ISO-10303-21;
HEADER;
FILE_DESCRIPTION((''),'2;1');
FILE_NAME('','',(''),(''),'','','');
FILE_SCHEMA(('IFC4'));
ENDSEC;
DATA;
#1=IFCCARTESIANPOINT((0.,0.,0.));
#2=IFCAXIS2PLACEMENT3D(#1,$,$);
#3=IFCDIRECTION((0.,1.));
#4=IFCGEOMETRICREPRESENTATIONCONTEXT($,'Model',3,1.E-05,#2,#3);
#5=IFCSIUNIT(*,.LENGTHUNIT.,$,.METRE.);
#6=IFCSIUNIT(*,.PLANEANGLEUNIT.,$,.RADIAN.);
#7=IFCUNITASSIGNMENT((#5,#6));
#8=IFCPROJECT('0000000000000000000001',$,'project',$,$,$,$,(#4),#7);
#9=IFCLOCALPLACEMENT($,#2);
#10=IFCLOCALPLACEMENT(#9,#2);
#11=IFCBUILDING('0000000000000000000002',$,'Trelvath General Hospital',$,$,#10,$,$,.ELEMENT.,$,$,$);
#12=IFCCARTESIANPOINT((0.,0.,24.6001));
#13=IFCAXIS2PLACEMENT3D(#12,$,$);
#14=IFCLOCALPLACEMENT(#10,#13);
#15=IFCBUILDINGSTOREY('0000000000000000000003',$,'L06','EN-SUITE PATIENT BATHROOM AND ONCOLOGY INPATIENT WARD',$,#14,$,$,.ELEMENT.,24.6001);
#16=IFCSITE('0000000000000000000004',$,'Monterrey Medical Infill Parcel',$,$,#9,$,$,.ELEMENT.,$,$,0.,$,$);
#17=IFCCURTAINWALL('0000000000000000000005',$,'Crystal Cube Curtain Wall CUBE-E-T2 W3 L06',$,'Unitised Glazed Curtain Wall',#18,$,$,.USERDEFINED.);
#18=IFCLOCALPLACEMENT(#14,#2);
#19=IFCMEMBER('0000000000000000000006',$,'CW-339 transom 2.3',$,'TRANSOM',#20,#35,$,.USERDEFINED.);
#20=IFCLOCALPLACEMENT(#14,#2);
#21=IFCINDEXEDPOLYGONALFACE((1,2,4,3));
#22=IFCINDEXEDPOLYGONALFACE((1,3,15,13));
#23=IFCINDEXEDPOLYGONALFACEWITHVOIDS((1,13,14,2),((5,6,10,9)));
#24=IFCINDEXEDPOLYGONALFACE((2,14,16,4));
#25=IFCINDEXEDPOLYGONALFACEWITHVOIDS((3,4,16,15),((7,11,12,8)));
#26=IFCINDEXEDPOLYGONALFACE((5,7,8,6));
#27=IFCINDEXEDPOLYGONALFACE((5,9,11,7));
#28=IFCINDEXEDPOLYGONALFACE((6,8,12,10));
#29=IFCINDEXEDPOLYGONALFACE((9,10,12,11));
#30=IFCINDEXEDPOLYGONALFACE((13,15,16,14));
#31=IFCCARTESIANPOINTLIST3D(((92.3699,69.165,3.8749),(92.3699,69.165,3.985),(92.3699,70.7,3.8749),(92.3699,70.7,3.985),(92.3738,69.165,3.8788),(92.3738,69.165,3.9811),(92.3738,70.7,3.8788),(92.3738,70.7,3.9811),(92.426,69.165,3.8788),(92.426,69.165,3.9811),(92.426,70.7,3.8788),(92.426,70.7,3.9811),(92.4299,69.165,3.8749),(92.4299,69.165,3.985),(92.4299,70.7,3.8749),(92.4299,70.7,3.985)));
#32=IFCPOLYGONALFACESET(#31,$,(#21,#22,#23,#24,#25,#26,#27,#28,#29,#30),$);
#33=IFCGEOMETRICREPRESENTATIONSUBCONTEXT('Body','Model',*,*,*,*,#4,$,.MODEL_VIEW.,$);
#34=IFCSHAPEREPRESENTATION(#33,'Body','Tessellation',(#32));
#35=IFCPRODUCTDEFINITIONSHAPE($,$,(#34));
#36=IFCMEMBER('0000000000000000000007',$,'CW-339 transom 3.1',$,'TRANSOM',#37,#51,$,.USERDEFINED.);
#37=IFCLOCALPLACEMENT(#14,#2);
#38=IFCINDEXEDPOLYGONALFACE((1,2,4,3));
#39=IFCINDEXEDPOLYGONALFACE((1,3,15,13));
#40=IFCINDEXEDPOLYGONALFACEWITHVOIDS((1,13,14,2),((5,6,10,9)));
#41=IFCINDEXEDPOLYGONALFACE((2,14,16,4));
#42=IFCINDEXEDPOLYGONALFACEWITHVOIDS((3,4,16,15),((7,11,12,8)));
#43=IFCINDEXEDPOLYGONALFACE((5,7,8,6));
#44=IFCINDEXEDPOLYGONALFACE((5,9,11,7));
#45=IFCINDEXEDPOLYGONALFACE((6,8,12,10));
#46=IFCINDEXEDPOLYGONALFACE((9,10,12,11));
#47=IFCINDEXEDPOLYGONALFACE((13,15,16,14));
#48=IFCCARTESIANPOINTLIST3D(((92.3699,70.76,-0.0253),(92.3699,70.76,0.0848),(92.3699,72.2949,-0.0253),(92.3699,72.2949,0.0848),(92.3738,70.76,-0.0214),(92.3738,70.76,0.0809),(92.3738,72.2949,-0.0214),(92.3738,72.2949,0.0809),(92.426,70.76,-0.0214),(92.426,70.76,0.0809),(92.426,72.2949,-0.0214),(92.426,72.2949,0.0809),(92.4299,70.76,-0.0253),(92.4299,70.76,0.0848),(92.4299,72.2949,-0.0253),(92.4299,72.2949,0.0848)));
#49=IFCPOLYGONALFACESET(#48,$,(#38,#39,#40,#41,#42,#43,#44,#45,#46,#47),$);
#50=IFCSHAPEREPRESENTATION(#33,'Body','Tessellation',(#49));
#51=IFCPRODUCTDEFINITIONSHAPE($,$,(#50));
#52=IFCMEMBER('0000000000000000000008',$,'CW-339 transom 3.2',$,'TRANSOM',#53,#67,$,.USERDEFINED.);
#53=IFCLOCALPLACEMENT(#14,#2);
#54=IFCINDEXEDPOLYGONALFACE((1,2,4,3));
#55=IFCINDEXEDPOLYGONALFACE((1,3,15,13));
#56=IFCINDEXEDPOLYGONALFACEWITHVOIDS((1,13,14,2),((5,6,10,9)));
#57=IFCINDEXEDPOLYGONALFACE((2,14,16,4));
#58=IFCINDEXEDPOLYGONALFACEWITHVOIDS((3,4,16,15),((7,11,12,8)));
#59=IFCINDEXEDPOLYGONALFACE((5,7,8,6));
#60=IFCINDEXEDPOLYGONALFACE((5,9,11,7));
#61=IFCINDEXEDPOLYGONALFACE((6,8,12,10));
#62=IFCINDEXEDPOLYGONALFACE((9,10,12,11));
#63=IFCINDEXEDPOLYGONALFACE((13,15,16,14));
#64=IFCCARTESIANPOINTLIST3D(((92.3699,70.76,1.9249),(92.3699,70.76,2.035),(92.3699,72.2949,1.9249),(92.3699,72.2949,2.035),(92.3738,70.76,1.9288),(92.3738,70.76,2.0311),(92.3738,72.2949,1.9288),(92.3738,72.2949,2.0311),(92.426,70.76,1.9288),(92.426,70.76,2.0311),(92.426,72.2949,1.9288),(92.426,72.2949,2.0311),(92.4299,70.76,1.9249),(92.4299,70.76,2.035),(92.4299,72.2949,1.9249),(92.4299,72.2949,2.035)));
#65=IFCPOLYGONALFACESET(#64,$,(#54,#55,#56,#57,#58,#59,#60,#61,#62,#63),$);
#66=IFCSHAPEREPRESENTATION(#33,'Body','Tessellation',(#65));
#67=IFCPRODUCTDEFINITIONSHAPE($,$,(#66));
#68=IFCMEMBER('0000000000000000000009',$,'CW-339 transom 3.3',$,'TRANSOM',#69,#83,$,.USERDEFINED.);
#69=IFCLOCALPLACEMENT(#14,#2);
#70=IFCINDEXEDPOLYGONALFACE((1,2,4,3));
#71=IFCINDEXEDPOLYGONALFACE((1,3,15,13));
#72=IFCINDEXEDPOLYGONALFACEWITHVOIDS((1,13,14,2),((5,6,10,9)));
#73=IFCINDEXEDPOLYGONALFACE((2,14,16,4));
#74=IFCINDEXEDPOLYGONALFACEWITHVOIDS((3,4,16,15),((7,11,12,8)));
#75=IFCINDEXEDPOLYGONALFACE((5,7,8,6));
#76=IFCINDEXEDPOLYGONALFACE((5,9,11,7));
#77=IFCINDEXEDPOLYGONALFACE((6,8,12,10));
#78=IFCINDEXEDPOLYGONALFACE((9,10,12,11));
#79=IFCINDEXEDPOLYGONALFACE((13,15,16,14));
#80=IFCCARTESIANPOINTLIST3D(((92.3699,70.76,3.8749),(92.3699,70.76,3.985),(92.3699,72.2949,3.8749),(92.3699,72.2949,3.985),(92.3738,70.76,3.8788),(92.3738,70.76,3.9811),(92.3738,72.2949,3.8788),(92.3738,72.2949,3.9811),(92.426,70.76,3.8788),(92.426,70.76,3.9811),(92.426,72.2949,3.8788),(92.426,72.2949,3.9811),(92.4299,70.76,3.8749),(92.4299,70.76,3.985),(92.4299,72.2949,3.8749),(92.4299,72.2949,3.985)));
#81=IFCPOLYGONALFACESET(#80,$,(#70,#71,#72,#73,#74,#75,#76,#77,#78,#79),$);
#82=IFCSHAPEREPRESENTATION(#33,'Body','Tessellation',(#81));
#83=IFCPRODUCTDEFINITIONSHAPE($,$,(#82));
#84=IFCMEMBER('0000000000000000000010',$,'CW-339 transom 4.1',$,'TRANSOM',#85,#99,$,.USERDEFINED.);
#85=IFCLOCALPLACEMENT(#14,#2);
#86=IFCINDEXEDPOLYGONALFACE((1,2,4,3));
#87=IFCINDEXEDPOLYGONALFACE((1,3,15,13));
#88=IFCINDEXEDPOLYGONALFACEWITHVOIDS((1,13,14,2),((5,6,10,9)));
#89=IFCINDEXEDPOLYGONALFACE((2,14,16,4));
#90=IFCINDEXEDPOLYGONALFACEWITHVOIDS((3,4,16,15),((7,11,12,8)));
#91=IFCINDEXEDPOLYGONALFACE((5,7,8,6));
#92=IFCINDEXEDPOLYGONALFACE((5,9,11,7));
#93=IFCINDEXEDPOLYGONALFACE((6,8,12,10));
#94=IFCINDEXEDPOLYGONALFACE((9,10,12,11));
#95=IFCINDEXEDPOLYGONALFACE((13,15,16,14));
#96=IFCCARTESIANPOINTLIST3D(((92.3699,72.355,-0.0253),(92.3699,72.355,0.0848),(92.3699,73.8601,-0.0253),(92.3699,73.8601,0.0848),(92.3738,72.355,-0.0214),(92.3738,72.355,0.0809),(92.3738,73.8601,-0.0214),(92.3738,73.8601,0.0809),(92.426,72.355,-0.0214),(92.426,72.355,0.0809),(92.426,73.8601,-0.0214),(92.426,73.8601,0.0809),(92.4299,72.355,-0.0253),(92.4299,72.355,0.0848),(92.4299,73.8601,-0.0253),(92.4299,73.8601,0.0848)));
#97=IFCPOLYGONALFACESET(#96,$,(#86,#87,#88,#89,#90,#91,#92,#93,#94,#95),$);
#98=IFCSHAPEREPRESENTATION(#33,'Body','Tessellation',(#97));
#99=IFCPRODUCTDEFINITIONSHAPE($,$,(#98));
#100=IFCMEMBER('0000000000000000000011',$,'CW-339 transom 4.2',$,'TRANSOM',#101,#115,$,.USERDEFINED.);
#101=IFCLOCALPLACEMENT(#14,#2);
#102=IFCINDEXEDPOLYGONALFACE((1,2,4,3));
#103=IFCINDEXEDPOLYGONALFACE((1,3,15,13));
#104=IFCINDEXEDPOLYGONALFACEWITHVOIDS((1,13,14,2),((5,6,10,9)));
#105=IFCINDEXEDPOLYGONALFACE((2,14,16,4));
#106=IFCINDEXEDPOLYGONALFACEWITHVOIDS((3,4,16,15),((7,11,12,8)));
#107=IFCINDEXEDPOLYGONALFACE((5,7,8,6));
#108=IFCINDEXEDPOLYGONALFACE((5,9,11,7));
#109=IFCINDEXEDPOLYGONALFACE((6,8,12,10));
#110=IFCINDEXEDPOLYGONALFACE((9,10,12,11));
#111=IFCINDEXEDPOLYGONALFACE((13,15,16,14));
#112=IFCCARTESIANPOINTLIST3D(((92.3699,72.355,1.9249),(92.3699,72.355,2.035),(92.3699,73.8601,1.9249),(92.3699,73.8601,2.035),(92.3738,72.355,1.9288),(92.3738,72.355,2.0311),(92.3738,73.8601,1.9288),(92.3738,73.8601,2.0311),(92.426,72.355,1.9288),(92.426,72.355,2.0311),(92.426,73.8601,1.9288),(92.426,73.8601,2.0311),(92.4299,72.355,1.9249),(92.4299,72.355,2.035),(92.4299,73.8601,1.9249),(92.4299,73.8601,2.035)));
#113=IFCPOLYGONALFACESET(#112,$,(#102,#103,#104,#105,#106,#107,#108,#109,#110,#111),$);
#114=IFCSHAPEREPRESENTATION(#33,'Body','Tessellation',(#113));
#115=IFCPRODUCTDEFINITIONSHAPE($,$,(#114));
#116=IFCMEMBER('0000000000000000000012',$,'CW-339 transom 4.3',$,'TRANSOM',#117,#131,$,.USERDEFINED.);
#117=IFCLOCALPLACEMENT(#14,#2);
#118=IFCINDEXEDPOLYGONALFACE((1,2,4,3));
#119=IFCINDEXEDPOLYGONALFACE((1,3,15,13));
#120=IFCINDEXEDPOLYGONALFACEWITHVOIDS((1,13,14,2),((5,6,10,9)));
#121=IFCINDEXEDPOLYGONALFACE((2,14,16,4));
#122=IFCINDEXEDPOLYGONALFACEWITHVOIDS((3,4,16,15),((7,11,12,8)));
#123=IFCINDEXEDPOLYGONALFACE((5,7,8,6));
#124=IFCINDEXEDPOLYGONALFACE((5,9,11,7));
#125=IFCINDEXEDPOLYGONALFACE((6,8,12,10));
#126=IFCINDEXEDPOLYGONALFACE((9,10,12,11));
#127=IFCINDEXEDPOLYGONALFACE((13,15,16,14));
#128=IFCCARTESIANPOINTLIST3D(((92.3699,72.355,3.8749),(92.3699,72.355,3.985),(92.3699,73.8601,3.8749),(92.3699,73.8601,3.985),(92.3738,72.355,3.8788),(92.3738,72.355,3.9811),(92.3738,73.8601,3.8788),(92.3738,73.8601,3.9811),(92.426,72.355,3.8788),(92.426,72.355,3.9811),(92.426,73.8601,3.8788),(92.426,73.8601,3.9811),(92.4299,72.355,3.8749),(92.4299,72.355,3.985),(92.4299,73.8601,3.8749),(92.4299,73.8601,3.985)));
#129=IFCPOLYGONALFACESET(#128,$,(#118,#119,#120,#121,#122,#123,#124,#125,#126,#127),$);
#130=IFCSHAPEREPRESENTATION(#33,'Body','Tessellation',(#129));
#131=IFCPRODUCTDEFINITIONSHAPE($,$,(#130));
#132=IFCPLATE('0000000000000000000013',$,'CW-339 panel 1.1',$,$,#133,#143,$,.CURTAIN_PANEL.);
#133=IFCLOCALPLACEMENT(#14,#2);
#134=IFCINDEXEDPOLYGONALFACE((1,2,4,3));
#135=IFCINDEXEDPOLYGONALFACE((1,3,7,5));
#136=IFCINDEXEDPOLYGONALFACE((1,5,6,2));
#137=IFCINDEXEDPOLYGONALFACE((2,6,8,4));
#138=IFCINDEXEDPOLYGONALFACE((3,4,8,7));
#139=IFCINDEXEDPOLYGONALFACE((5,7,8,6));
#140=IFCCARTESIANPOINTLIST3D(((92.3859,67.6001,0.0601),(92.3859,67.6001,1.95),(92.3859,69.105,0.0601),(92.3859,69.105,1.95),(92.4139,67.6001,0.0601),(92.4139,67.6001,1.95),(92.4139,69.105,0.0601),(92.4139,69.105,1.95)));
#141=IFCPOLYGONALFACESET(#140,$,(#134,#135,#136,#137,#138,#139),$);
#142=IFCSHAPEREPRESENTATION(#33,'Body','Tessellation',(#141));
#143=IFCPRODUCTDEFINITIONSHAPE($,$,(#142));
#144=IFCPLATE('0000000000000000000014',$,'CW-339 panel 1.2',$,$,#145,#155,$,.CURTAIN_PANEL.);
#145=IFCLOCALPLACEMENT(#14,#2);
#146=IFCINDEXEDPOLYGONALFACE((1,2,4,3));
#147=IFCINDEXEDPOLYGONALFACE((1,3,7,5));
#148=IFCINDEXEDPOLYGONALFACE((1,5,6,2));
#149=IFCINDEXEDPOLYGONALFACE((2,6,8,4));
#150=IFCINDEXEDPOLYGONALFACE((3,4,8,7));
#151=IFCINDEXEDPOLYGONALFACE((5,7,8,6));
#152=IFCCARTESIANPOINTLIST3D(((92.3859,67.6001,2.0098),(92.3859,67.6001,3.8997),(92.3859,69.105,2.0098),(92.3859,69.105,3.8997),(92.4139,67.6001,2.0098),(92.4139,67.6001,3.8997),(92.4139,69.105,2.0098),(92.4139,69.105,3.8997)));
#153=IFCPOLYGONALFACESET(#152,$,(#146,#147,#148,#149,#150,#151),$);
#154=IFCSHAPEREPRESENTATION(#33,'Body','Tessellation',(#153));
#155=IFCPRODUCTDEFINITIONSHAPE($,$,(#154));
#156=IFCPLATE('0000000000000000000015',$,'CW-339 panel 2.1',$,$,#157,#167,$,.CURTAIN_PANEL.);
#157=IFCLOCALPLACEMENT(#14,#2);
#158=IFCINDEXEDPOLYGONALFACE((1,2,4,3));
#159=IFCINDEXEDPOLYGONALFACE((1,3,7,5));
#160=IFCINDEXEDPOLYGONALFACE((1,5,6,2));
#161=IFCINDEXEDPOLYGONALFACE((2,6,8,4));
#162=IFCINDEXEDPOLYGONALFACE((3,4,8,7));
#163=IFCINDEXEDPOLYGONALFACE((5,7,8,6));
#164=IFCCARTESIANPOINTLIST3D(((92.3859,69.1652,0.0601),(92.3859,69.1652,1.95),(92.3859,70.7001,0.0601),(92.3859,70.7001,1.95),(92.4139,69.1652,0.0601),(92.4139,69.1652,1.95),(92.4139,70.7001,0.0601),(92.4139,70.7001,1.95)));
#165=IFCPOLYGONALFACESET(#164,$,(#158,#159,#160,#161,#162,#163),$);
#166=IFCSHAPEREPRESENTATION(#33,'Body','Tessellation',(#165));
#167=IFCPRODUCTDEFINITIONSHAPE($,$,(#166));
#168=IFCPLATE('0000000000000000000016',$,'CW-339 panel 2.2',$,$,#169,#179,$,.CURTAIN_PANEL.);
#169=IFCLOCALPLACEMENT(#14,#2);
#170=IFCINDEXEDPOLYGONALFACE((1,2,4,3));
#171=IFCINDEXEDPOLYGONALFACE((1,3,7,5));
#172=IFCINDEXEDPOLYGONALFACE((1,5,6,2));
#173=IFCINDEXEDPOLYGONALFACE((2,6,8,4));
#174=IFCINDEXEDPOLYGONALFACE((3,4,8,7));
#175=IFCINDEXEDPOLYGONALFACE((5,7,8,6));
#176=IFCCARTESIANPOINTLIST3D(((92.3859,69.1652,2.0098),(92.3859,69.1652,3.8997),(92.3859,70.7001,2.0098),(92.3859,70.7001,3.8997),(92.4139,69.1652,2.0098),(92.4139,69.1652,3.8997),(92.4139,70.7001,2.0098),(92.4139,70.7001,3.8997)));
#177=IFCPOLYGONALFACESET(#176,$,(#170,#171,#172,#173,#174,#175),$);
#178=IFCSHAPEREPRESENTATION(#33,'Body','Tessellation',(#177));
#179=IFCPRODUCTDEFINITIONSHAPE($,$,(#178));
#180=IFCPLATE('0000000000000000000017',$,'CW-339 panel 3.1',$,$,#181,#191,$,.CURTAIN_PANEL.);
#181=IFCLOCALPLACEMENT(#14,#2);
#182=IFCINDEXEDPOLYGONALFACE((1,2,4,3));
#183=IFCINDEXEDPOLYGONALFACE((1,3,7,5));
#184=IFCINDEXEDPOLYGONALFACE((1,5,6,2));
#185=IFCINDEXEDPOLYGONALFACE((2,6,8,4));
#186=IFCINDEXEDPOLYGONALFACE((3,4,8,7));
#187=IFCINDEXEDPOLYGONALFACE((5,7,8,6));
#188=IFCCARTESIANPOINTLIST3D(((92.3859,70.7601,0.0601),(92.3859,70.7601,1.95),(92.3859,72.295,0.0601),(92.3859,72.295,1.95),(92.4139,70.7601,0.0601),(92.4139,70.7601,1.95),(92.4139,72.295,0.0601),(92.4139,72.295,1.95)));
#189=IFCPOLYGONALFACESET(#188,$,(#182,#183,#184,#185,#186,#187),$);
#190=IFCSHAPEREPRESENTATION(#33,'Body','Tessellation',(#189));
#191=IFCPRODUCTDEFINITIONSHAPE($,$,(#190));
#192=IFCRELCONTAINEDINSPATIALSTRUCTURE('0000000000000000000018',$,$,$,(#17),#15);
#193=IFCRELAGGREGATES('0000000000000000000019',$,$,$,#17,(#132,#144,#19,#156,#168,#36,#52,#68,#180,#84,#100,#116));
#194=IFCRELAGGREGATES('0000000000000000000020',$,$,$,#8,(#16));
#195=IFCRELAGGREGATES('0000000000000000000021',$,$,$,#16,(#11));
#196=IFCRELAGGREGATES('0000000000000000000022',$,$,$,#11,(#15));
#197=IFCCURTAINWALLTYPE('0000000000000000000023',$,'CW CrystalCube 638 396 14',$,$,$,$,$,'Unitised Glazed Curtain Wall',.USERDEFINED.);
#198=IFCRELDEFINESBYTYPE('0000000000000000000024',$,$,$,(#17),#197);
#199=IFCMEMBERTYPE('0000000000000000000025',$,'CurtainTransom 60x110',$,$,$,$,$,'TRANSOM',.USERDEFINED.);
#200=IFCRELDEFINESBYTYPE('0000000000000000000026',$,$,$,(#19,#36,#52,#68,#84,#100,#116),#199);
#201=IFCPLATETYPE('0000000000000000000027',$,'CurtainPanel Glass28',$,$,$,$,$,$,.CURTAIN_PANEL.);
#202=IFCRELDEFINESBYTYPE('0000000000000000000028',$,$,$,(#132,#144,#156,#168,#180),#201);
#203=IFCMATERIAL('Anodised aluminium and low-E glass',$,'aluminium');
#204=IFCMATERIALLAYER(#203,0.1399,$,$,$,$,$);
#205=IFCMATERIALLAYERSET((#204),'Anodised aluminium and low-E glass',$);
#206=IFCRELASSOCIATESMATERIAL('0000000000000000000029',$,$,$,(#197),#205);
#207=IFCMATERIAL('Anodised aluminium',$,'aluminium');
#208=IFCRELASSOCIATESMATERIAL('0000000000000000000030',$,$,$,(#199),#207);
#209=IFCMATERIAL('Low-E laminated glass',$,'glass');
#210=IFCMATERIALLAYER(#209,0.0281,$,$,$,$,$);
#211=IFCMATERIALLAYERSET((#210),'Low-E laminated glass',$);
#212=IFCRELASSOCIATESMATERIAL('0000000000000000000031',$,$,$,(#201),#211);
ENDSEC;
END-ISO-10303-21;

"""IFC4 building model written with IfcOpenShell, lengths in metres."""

from ifc_helpers import new_model, si_unit, direction, frame, origin, origin_2d, place, context, subcontext, project, spatial, rectangle, hollow_rectangle, extrude, material, layer, layer_set, material_profile, profile_set, type_object, element, aggregate, save


model = new_model("IFC4")

# Units and contexts
model_context = context("Model", 3, precision=1e-05, world=origin(), true_north=direction((0.0, 1.0)))
body_context = subcontext(model_context, "Body", "Model", "MODEL_VIEW")
ifc_project = project(units=[si_unit("LENGTHUNIT", "METRE"), si_unit("PLANEANGLEUNIT", "RADIAN")], contexts=[model_context])

# Site, building, storey
site_placement = place(None, origin())
site = spatial("IfcSite", under=ifc_project, at=site_placement, Name="Monterrey Medical Infill Parcel", CompositionType="ELEMENT", RefElevation=0.0)
building_placement = place(site_placement, origin())
building = spatial("IfcBuilding", under=site, at=building_placement, Name="Trelvath General Hospital", CompositionType="ELEMENT")
storey_placement = place(building_placement, frame((0.0, 0.0, 24.6001)))
storey = spatial("IfcBuildingStorey", under=building, at=storey_placement, Name="L06", Description="EN-SUITE PATIENT BATHROOM AND ONCOLOGY INPATIENT WARD", CompositionType="ELEMENT", Elevation=24.6001)

# Curtain wall
ifc_material_1 = material(Name="Anodised aluminium and low-E glass", Category="aluminium")
ifc_layer_1 = layer(ifc_material_1, 0.1399)
ifc_layer_set_1 = layer_set([ifc_layer_1], Name="Anodised aluminium and low-E glass")
curtain_wall_type_1 = type_object("IfcCurtainWallType", Name="CW CrystalCube 638 396 14", ElementType="Unitised Glazed Curtain Wall", PredefinedType="USERDEFINED", material=ifc_layer_set_1)
curtain_wall_1_placement = place(storey_placement, origin())
curtain_wall_1 = element("IfcCurtainWall", 1, at=curtain_wall_1_placement, inside=storey, type_object=curtain_wall_type_1, Name="Crystal Cube Curtain Wall CUBE-E-T2 W3 L06", ObjectType="Unitised Glazed Curtain Wall", PredefinedType="USERDEFINED")

# Members
ifc_material_2 = material(Name="Anodised aluminium", Category="aluminium")
ifc_material_profile_1 = material_profile(ifc_material_2, hollow_rectangle(XDim=0.0601, YDim=0.1101, WallThickness=0.0039, at=origin_2d()), Name="RHS60x110x4")
ifc_profile_set_1 = profile_set([ifc_material_profile_1], Name="Anodised aluminium")
member_type_1 = type_object("IfcMemberType", Name="CurtainTransom 60x110", ElementType="TRANSOM", PredefinedType="USERDEFINED", material=ifc_profile_set_1)
member_1_placement = place(storey_placement, frame((92.3999, 69.165, 3.9299), z_axis=(0.0, 1.0, 0.0), x_axis=(-1.0, 0.0, 0.0)))
member_1 = element("IfcMember", 2, at=member_1_placement, type_object=member_type_1, Name="CW-339 transom 2.3", ObjectType="TRANSOM", PredefinedType="USERDEFINED", context=body_context, shape_type="SweptSolid", body=[
    extrude(hollow_rectangle(XDim=0.0601, YDim=0.1101, WallThickness=0.0039, at=origin_2d()), origin(), (0.0, 0.0, 1.0), 1.5349),
])
member_2_placement = place(storey_placement, frame((92.3999, 70.76, 0.0298), z_axis=(0.0, 1.0, 0.0), x_axis=(-1.0, 0.0, 0.0)))
member_2 = element("IfcMember", 3, at=member_2_placement, type_object=member_type_1, Name="CW-339 transom 3.1", ObjectType="TRANSOM", PredefinedType="USERDEFINED", context=body_context, shape_type="SweptSolid", body=[
    extrude(hollow_rectangle(XDim=0.0601, YDim=0.1101, WallThickness=0.0039, at=origin_2d()), origin(), (0.0, 0.0, 1.0), 1.5349),
])
member_3_placement = place(storey_placement, frame((92.3999, 70.76, 1.98), z_axis=(0.0, 1.0, 0.0), x_axis=(-1.0, 0.0, 0.0)))
member_3 = element("IfcMember", 4, at=member_3_placement, type_object=member_type_1, Name="CW-339 transom 3.2", ObjectType="TRANSOM", PredefinedType="USERDEFINED", context=body_context, shape_type="SweptSolid", body=[
    extrude(hollow_rectangle(XDim=0.0601, YDim=0.1101, WallThickness=0.0039, at=origin_2d()), origin(), (0.0, 0.0, 1.0), 1.5349),
])
member_4_placement = place(storey_placement, frame((92.3999, 70.76, 3.9299), z_axis=(0.0, 1.0, 0.0), x_axis=(-1.0, 0.0, 0.0)))
member_4 = element("IfcMember", 5, at=member_4_placement, type_object=member_type_1, Name="CW-339 transom 3.3", ObjectType="TRANSOM", PredefinedType="USERDEFINED", context=body_context, shape_type="SweptSolid", body=[
    extrude(hollow_rectangle(XDim=0.0601, YDim=0.1101, WallThickness=0.0039, at=origin_2d()), origin(), (0.0, 0.0, 1.0), 1.5349),
])
member_5_placement = place(storey_placement, frame((92.3999, 72.355, 0.0298), z_axis=(0.0, 1.0, 0.0), x_axis=(-1.0, 0.0, 0.0)))
member_5 = element("IfcMember", 6, at=member_5_placement, type_object=member_type_1, Name="CW-339 transom 4.1", ObjectType="TRANSOM", PredefinedType="USERDEFINED", context=body_context, shape_type="SweptSolid", body=[
    extrude(hollow_rectangle(XDim=0.0601, YDim=0.1101, WallThickness=0.0039, at=origin_2d()), origin(), (0.0, 0.0, 1.0), 1.5051),
])
member_6_placement = place(storey_placement, frame((92.3999, 72.355, 1.98), z_axis=(0.0, 1.0, 0.0), x_axis=(-1.0, 0.0, 0.0)))
member_6 = element("IfcMember", 7, at=member_6_placement, type_object=member_type_1, Name="CW-339 transom 4.2", ObjectType="TRANSOM", PredefinedType="USERDEFINED", context=body_context, shape_type="SweptSolid", body=[
    extrude(hollow_rectangle(XDim=0.0601, YDim=0.1101, WallThickness=0.0039, at=origin_2d()), origin(), (0.0, 0.0, 1.0), 1.5051),
])
member_7_placement = place(storey_placement, frame((92.3999, 72.355, 3.9299), z_axis=(0.0, 1.0, 0.0), x_axis=(-1.0, 0.0, 0.0)))
member_7 = element("IfcMember", 8, at=member_7_placement, type_object=member_type_1, Name="CW-339 transom 4.3", ObjectType="TRANSOM", PredefinedType="USERDEFINED", context=body_context, shape_type="SweptSolid", body=[
    extrude(hollow_rectangle(XDim=0.0601, YDim=0.1101, WallThickness=0.0039, at=origin_2d()), origin(), (0.0, 0.0, 1.0), 1.5051),
])

# Plates
ifc_material_3 = material(Name="Low-E laminated glass", Category="glass")
ifc_layer_2 = layer(ifc_material_3, 0.0281)
ifc_layer_set_2 = layer_set([ifc_layer_2], Name="Low-E laminated glass")
plate_type = type_object("IfcPlateType", Name="CurtainPanel Glass28", PredefinedType="CURTAIN_PANEL", material=ifc_layer_set_2)
plate_1_placement = place(storey_placement, frame((92.3999, 68.3525, 0.0601), z_axis=(0.0, 0.0, 1.0), x_axis=(0.0, 1.0, 0.0)))
plate_1 = element("IfcPlate", 9, at=plate_1_placement, type_object=plate_type, Name="CW-339 panel 1.1", PredefinedType="CURTAIN_PANEL", context=body_context, shape_type="SweptSolid", body=[
    extrude(rectangle(XDim=1.5049, YDim=0.0281, at=origin_2d()), origin(), (0.0, 0.0, 1.0), 1.8899),
])
plate_2_placement = place(storey_placement, frame((92.3999, 68.3525, 2.0098), z_axis=(0.0, 0.0, 1.0), x_axis=(0.0, 1.0, 0.0)))
plate_2 = element("IfcPlate", 10, at=plate_2_placement, type_object=plate_type, Name="CW-339 panel 1.2", PredefinedType="CURTAIN_PANEL", context=body_context, shape_type="SweptSolid", body=[
    extrude(rectangle(XDim=1.5049, YDim=0.0281, at=origin_2d()), origin(), (0.0, 0.0, 1.0), 1.8899),
])
plate_3_placement = place(storey_placement, frame((92.3999, 69.9326, 0.0601), z_axis=(0.0, 0.0, 1.0), x_axis=(0.0, 1.0, 0.0)))
plate_3 = element("IfcPlate", 11, at=plate_3_placement, type_object=plate_type, Name="CW-339 panel 2.1", PredefinedType="CURTAIN_PANEL", context=body_context, shape_type="SweptSolid", body=[
    extrude(rectangle(XDim=1.5349, YDim=0.0281, at=origin_2d()), origin(), (0.0, 0.0, 1.0), 1.8899),
])
plate_4_placement = place(storey_placement, frame((92.3999, 69.9326, 2.0098), z_axis=(0.0, 0.0, 1.0), x_axis=(0.0, 1.0, 0.0)))
plate_4 = element("IfcPlate", 12, at=plate_4_placement, type_object=plate_type, Name="CW-339 panel 2.2", PredefinedType="CURTAIN_PANEL", context=body_context, shape_type="SweptSolid", body=[
    extrude(rectangle(XDim=1.5349, YDim=0.0281, at=origin_2d()), origin(), (0.0, 0.0, 1.0), 1.8899),
])
plate_5_placement = place(storey_placement, frame((92.3999, 71.5276, 0.0601), z_axis=(0.0, 0.0, 1.0), x_axis=(0.0, 1.0, 0.0)))
plate_5 = element("IfcPlate", 13, at=plate_5_placement, type_object=plate_type, Name="CW-339 panel 3.1", PredefinedType="CURTAIN_PANEL", context=body_context, shape_type="SweptSolid", body=[
    extrude(rectangle(XDim=1.5349, YDim=0.0281, at=origin_2d()), origin(), (0.0, 0.0, 1.0), 1.8899),
])
aggregate(curtain_wall_1, [plate_1, plate_2, member_1, plate_3, plate_4, member_2, member_3, member_4, plate_5, member_5, member_6, member_7])

save(model, "model.ifc")
